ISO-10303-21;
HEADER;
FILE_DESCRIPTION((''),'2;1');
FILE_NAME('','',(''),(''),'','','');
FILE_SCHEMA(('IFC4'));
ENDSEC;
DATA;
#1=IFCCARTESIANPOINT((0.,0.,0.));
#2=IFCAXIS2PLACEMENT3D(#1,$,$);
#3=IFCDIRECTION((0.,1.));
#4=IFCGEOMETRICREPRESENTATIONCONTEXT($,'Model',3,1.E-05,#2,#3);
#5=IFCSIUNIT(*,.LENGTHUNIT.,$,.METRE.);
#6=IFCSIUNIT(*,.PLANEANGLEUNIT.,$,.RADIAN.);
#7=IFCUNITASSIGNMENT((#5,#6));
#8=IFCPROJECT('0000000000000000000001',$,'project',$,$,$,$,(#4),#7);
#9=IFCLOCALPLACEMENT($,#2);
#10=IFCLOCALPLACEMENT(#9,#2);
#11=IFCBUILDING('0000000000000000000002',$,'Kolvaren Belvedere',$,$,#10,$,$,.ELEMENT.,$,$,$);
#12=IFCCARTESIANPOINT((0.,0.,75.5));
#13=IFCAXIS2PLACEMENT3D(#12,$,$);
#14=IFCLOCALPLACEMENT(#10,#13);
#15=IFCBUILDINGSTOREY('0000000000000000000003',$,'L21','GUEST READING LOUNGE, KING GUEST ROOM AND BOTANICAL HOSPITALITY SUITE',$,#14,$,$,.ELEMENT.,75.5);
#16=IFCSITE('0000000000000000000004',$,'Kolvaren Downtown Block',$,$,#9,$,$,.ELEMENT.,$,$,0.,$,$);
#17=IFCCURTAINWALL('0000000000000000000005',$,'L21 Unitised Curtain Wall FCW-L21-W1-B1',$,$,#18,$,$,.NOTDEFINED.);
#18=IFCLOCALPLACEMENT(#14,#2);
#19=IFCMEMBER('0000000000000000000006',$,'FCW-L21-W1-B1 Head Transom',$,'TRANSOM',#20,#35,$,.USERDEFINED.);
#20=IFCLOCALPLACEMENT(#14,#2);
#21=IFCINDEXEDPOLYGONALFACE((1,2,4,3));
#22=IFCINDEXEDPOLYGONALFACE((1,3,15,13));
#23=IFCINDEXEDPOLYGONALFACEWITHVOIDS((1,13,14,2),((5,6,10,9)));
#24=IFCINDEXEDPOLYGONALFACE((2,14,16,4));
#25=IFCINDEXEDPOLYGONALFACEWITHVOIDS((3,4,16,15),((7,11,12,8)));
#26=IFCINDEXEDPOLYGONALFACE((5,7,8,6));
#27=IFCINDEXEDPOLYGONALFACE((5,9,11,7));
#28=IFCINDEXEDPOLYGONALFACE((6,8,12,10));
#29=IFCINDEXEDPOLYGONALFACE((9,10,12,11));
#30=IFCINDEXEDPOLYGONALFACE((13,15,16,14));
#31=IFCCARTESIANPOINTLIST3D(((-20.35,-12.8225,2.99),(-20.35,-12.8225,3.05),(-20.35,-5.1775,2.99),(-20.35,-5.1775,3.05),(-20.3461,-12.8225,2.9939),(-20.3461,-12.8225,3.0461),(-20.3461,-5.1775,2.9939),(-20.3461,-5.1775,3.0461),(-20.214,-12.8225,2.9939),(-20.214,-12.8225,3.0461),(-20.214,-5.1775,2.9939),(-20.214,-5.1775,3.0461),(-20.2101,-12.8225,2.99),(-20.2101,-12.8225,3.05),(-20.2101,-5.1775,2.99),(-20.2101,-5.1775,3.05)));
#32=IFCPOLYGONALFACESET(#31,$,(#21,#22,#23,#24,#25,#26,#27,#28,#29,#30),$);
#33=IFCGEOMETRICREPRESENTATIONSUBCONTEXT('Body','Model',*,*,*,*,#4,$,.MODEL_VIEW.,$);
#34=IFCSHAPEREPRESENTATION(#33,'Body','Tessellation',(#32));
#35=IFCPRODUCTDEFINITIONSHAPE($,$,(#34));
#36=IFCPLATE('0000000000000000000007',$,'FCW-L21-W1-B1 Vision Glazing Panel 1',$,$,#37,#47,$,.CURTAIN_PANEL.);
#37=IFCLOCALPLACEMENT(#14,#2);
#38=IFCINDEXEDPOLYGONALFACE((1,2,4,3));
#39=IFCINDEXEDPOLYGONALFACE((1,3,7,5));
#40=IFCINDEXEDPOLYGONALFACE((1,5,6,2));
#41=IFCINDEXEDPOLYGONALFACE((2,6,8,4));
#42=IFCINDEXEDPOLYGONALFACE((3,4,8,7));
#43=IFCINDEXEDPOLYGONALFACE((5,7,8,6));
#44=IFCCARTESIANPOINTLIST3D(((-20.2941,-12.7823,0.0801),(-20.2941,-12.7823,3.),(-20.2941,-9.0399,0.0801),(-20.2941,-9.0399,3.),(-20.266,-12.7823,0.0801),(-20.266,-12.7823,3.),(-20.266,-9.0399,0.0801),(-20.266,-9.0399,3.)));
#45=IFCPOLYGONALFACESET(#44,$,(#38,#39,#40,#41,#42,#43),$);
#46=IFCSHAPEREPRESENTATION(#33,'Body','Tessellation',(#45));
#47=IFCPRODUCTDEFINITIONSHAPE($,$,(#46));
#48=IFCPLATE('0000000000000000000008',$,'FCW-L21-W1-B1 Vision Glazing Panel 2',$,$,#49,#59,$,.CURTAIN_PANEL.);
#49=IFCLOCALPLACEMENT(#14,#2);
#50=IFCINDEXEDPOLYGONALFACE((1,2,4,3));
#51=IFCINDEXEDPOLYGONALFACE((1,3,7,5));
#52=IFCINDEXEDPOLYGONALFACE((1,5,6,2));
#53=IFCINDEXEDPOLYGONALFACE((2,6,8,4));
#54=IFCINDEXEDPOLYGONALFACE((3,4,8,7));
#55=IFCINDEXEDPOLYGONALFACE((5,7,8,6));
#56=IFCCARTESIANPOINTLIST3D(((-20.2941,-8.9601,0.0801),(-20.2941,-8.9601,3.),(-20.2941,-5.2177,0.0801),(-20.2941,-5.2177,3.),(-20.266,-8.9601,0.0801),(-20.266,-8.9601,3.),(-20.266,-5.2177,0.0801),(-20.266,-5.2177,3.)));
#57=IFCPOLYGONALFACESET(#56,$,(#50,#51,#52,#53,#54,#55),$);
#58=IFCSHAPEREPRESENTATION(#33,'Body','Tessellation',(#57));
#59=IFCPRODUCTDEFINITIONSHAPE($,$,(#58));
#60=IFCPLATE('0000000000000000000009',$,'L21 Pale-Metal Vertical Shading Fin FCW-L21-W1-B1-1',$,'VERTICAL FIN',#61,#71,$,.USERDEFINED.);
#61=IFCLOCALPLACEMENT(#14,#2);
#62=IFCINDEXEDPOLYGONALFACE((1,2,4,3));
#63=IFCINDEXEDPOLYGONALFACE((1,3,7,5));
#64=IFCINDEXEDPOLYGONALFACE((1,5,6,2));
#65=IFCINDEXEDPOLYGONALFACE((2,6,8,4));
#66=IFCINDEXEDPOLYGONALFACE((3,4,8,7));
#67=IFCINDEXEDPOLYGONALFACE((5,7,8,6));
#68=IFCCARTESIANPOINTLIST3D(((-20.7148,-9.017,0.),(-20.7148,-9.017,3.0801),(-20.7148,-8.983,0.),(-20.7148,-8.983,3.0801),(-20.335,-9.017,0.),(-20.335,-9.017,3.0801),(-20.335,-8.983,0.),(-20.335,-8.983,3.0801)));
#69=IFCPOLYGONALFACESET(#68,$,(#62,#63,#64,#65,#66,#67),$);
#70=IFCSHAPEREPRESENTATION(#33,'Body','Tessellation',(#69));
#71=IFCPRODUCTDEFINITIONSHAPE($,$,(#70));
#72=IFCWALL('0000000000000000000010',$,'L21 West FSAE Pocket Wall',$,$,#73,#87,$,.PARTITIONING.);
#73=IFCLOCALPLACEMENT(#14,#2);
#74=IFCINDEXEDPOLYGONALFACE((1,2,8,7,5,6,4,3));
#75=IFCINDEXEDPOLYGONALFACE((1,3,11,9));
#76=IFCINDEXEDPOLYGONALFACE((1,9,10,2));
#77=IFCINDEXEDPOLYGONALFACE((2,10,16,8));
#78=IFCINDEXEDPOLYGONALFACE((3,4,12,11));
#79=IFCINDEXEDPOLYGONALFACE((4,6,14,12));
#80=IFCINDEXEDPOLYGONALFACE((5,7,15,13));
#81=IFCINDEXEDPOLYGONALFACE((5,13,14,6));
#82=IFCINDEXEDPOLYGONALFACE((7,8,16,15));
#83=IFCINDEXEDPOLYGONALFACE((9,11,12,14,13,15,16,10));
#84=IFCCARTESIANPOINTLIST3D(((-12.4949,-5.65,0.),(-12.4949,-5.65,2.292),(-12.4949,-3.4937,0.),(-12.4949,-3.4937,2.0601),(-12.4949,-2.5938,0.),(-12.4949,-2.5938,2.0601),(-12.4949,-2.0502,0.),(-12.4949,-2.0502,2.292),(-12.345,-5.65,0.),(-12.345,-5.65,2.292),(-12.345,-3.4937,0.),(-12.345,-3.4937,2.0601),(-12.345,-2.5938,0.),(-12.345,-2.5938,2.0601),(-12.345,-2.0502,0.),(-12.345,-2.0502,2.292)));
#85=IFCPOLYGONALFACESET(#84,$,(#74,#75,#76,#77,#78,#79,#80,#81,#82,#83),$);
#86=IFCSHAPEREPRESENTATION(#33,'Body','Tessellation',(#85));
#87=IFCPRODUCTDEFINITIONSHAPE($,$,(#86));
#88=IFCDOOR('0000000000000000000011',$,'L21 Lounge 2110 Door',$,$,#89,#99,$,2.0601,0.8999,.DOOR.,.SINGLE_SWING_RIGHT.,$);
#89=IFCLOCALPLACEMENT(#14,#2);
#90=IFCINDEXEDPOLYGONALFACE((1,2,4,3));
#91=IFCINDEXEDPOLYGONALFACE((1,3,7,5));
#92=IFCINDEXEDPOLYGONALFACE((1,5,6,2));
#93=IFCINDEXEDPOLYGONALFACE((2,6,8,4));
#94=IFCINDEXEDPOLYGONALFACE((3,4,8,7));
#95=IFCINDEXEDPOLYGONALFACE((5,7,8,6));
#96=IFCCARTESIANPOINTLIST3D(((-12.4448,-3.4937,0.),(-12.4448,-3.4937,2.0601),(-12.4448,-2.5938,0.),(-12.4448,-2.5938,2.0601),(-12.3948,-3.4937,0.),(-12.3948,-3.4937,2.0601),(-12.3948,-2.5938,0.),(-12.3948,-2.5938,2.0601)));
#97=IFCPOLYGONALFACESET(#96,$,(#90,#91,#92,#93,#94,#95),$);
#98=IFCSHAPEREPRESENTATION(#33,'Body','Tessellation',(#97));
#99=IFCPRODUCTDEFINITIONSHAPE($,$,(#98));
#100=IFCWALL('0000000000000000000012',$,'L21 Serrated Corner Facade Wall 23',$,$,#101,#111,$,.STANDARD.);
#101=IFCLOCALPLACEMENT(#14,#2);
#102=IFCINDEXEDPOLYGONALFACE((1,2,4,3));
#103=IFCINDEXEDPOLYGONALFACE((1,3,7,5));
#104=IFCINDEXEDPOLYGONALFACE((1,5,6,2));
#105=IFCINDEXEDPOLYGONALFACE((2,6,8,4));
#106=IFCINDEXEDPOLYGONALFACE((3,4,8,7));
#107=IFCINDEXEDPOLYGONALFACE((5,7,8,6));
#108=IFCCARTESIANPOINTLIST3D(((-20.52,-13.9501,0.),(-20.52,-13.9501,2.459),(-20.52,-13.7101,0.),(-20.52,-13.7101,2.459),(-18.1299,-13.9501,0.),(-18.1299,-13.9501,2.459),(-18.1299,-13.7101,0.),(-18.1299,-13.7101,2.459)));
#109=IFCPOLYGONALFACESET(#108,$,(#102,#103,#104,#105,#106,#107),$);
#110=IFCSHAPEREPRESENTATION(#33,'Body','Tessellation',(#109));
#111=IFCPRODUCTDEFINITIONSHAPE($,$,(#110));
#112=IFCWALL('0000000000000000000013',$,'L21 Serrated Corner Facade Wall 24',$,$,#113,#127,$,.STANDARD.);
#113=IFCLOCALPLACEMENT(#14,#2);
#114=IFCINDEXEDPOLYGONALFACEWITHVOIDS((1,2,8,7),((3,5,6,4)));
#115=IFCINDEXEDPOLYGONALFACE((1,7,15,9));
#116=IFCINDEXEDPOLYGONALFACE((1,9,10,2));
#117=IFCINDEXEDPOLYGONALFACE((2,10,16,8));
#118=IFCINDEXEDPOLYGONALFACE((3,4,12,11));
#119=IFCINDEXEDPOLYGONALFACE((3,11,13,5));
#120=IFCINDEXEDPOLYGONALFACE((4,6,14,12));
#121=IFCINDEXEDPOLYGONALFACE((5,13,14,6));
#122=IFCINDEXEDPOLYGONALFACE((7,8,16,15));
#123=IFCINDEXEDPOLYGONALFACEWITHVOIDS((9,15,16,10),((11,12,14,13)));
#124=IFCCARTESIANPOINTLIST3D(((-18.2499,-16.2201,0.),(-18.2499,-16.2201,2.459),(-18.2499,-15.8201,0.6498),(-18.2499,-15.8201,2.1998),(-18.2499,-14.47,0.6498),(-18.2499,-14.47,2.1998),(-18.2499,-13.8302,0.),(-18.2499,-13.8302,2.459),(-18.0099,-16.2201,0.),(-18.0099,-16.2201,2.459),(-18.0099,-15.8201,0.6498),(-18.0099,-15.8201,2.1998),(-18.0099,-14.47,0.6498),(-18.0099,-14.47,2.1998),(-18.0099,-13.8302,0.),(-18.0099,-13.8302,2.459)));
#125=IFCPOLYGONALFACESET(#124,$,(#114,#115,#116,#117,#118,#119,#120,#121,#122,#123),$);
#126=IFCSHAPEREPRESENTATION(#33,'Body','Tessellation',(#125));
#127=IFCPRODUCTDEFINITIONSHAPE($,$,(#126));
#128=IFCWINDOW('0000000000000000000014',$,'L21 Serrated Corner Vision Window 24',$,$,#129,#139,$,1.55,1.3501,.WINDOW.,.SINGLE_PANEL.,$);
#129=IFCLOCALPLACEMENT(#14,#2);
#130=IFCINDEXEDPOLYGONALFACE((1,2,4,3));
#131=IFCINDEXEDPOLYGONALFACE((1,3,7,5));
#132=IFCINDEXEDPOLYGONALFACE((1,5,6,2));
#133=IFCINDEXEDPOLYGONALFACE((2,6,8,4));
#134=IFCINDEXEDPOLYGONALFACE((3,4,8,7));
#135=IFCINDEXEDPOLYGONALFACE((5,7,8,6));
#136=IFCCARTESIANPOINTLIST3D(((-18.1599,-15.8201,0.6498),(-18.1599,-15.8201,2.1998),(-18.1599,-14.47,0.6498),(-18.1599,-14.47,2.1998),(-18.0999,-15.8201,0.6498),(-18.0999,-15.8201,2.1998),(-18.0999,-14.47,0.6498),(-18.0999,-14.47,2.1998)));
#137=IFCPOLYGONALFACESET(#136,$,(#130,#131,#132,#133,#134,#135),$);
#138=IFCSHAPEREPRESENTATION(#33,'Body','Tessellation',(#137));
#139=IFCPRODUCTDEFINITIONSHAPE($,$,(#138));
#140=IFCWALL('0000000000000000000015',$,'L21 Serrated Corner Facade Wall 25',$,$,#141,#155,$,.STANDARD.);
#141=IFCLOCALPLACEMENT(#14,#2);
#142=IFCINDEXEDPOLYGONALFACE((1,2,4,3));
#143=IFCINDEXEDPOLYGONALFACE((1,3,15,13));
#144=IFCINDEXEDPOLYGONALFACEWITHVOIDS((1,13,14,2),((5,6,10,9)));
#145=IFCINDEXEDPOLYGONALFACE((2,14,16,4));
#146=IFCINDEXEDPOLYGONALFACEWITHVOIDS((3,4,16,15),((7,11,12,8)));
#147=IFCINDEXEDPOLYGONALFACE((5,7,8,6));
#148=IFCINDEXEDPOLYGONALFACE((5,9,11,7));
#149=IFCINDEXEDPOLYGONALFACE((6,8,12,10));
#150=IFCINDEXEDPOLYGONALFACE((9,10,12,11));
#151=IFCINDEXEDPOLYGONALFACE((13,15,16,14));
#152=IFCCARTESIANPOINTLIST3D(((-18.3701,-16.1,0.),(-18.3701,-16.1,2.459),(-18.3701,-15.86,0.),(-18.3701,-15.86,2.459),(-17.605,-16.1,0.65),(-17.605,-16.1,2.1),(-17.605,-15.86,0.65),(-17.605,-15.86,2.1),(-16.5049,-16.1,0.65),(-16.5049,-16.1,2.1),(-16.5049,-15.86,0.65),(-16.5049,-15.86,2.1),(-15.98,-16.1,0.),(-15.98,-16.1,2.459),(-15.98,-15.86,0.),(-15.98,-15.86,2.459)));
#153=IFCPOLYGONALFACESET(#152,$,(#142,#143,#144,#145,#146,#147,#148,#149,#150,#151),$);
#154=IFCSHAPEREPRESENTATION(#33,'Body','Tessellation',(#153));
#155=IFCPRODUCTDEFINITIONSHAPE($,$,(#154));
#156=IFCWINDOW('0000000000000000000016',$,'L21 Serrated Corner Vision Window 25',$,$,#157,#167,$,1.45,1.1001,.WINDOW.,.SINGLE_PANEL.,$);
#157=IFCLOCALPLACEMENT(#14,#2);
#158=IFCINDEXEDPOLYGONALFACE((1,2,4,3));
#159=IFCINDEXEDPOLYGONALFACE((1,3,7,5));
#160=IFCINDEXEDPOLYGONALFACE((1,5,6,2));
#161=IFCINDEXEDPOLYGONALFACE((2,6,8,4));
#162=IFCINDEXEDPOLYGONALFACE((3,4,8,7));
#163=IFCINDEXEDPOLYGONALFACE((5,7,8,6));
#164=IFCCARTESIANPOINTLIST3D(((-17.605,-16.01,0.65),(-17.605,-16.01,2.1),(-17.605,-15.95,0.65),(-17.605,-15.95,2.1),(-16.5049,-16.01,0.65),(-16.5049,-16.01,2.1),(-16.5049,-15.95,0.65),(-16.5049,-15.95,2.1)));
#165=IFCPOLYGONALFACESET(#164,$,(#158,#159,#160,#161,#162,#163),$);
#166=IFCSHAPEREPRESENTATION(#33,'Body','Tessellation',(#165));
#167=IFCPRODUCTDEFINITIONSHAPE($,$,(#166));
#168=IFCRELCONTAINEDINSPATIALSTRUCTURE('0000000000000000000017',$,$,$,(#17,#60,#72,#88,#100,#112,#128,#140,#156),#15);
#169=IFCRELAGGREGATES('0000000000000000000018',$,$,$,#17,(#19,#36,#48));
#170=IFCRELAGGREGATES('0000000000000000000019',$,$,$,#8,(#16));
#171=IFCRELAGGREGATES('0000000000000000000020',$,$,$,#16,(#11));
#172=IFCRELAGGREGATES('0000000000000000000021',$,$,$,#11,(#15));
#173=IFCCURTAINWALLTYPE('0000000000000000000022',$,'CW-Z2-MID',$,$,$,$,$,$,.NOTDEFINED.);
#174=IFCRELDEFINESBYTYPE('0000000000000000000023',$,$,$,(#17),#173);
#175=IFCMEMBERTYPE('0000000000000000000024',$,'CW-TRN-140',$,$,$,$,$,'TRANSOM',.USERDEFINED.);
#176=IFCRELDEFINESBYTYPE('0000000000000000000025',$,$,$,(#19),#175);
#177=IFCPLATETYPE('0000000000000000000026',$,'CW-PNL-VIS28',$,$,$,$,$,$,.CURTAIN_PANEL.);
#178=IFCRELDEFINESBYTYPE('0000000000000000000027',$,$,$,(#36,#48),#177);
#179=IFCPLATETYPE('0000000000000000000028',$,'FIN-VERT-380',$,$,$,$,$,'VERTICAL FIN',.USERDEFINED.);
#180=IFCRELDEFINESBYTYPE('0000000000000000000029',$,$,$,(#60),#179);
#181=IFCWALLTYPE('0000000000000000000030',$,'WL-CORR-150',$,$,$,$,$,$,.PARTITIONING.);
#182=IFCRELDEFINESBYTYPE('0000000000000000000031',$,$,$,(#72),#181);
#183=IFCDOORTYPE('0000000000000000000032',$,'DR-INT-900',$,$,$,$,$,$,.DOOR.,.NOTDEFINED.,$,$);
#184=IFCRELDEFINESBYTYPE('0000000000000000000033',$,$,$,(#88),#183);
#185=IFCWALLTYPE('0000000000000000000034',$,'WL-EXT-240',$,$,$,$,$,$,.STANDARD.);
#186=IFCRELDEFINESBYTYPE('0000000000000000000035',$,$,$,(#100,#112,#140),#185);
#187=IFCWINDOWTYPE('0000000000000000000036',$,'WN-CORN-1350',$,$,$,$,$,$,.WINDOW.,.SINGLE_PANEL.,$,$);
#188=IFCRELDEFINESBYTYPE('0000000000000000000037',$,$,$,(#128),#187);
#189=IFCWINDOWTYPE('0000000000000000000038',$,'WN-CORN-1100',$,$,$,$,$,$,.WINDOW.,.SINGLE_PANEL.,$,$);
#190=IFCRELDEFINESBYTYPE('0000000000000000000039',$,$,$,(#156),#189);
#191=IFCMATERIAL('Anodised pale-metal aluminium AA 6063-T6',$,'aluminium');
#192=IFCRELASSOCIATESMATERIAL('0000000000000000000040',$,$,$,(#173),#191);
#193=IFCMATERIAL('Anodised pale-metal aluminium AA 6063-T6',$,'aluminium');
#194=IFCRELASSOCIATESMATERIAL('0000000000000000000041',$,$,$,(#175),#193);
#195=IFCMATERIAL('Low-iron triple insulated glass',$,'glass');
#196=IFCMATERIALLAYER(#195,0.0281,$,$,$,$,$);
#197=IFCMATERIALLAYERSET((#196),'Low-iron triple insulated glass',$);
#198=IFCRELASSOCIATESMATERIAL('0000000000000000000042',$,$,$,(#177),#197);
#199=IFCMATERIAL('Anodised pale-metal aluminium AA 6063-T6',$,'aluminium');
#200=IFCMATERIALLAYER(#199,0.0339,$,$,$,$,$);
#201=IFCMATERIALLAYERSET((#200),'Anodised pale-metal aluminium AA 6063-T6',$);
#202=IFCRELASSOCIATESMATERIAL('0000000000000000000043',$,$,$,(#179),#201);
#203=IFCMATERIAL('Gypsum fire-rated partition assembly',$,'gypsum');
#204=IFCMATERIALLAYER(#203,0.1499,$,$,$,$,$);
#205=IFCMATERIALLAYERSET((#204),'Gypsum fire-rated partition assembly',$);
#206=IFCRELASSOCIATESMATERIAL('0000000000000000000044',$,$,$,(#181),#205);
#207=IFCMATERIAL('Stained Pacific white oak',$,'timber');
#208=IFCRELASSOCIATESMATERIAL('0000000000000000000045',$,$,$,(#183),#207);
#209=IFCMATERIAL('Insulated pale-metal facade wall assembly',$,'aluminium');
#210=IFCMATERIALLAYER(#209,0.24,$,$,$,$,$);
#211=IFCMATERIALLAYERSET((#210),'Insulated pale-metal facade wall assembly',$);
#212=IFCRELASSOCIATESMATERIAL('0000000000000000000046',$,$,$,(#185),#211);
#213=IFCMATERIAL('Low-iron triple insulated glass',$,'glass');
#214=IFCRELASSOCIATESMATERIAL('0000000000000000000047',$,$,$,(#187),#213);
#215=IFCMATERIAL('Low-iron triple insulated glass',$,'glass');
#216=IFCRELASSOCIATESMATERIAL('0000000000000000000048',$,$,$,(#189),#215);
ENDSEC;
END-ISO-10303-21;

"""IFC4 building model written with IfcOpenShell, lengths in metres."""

from ifc_helpers import new_model, si_unit, direction, frame, frame_2d, origin, origin_2d, place, context, subcontext, project, spatial, rectangle, hollow_rectangle, extrude, material, layer, layer_set, material_profile, profile_set, type_object, element, fill, aggregate, save


model = new_model("IFC4")

# Units and contexts
model_context = context("Model", 3, precision=1e-05, world=origin(), true_north=direction((0.0, 1.0)))
body_context = subcontext(model_context, "Body", "Model", "MODEL_VIEW")
ifc_project = project(units=[si_unit("LENGTHUNIT", "METRE"), si_unit("PLANEANGLEUNIT", "RADIAN")], contexts=[model_context])

# Site, building, storey
site_placement = place(None, origin())
site = spatial("IfcSite", under=ifc_project, at=site_placement, Name="Kolvaren Downtown Block", CompositionType="ELEMENT", RefElevation=0.0)
building_placement = place(site_placement, origin())
building = spatial("IfcBuilding", under=site, at=building_placement, Name="Kolvaren Belvedere", CompositionType="ELEMENT")
storey_placement = place(building_placement, frame((0.0, 0.0, 75.5)))
storey = spatial("IfcBuildingStorey", under=building, at=storey_placement, Name="L21", Description="GUEST READING LOUNGE, KING GUEST ROOM AND BOTANICAL HOSPITALITY SUITE", CompositionType="ELEMENT", Elevation=75.5)

# Shared definitions
ifc_material_1 = material(Name="Anodised pale-metal aluminium AA 6063-T6", Category="aluminium")
curtain_wall_type = type_object("IfcCurtainWallType", Name="CW-Z2-MID", PredefinedType="NOTDEFINED", material=ifc_material_1)

# Curtain wall, member, plates
curtain_wall_1_placement = place(storey_placement, origin())
curtain_wall_1 = element("IfcCurtainWall", 1, at=curtain_wall_1_placement, inside=storey, type_object=curtain_wall_type, Name="L21 Unitised Curtain Wall FCW-L21-W1-B1", PredefinedType="NOTDEFINED")
ifc_material_2 = material(Name="Anodised pale-metal aluminium AA 6063-T6", Category="aluminium")
ifc_material_profile_1 = material_profile(ifc_material_2, hollow_rectangle(XDim=0.0601, YDim=0.1399, WallThickness=0.0039, at=origin_2d()), Name="ALU-TRN-140X60")
ifc_profile_set_1 = profile_set([ifc_material_profile_1], Name="Anodised pale-metal aluminium AA 6063-T6")
member_type_1 = type_object("IfcMemberType", Name="CW-TRN-140", ElementType="TRANSOM", PredefinedType="USERDEFINED", material=ifc_profile_set_1)
member_1_placement = place(storey_placement, frame((-20.28, -12.8225, 3.02), z_axis=(0.0, 1.0, 0.0), x_axis=(0.0, 0.0, 1.0)))
member_1 = element("IfcMember", 2, at=member_1_placement, type_object=member_type_1, Name="FCW-L21-W1-B1 Head Transom", ObjectType="TRANSOM", PredefinedType="USERDEFINED", context=body_context, shape_type="SweptSolid", body=[
    extrude(hollow_rectangle(XDim=0.0601, YDim=0.1399, WallThickness=0.0039, at=origin_2d()), origin(), (0.0, 0.0, 1.0), 7.645),
])
ifc_material_3 = material(Name="Low-iron triple insulated glass", Category="glass")
ifc_layer_1 = layer(ifc_material_3, 0.0281)
ifc_layer_set_1 = layer_set([ifc_layer_1], Name="Low-iron triple insulated glass")
plate_type_1 = type_object("IfcPlateType", Name="CW-PNL-VIS28", PredefinedType="CURTAIN_PANEL", material=ifc_layer_set_1)
plate_1_placement = place(storey_placement, frame((-20.28, -10.9111, 0.0801), z_axis=(0.0, 0.0, 1.0), x_axis=(0.0, 1.0, 0.0)))
plate_1 = element("IfcPlate", 3, at=plate_1_placement, type_object=plate_type_1, Name="FCW-L21-W1-B1 Vision Glazing Panel 1", PredefinedType="CURTAIN_PANEL", context=body_context, shape_type="SweptSolid", body=[
    extrude(rectangle(XDim=3.7424, YDim=0.0281, at=origin_2d()), origin(), (0.0, 0.0, 1.0), 2.9199),
])
plate_2_placement = place(storey_placement, frame((-20.28, -7.0889, 0.0801), z_axis=(0.0, 0.0, 1.0), x_axis=(0.0, 1.0, 0.0)))
plate_2 = element("IfcPlate", 4, at=plate_2_placement, type_object=plate_type_1, Name="FCW-L21-W1-B1 Vision Glazing Panel 2", PredefinedType="CURTAIN_PANEL", context=body_context, shape_type="SweptSolid", body=[
    extrude(rectangle(XDim=3.7424, YDim=0.0281, at=origin_2d()), origin(), (0.0, 0.0, 1.0), 2.9199),
])
aggregate(curtain_wall_1, [member_1, plate_1, plate_2])

# Plate
ifc_material_4 = material(Name="Anodised pale-metal aluminium AA 6063-T6", Category="aluminium")
ifc_layer_2 = layer(ifc_material_4, 0.0339)
ifc_layer_set_2 = layer_set([ifc_layer_2], Name="Anodised pale-metal aluminium AA 6063-T6")
plate_type_2 = type_object("IfcPlateType", Name="FIN-VERT-380", ElementType="VERTICAL FIN", PredefinedType="USERDEFINED", material=ifc_layer_set_2)
plate_3_placement = place(storey_placement, frame((-20.5249, -9.0, 0.0), z_axis=(0.0, 0.0, 1.0), x_axis=(1.0, 0.0, 0.0)))
element("IfcPlate", 5, at=plate_3_placement, inside=storey, type_object=plate_type_2, Name="L21 Pale-Metal Vertical Shading Fin FCW-L21-W1-B1-1", ObjectType="VERTICAL FIN", PredefinedType="USERDEFINED", context=body_context, shape_type="SweptSolid", body=[
    extrude(rectangle(XDim=0.3799, YDim=0.0339, at=origin_2d()), origin(), (0.0, 0.0, 1.0), 3.0801),
])

# Wall, opening, door
ifc_material_5 = material(Name="Gypsum fire-rated partition assembly", Category="gypsum")
ifc_layer_3 = layer(ifc_material_5, 0.1499)
ifc_layer_set_3 = layer_set([ifc_layer_3], Name="Gypsum fire-rated partition assembly")
wall_type_1 = type_object("IfcWallType", Name="WL-CORR-150", PredefinedType="PARTITIONING", material=ifc_layer_set_3)
wall_1_placement = place(storey_placement, frame((-12.4199, -5.6499, 0.0), z_axis=(0.0, 0.0, 1.0), x_axis=(0.0, 1.0, 0.0)))
wall_1 = element("IfcWall", 6, at=wall_1_placement, inside=storey, type_object=wall_type_1, Name="L21 West FSAE Pocket Wall", PredefinedType="PARTITIONING", context=body_context, shape_type="SweptSolid", body=[
    extrude(rectangle(XDim=3.5999, YDim=0.1499, at=frame_2d((1.7998, 0.0))), origin(), (0.0, 0.0, 1.0), 2.292),
])
opening_1_placement = place(wall_1_placement, frame((2.1562, 0.0, 0.0)))
opening_1 = element("IfcOpeningElement", 7, at=opening_1_placement, cuts=wall_1, PredefinedType="OPENING", context=body_context, shape_type="SweptSolid", body=[
    extrude(rectangle(XDim=0.8999, YDim=2.0601, at=frame_2d((0.45, 1.03))), frame((0.0, 0.085, 0.0), z_axis=(0.0, -1.0, 0.0), x_axis=(1.0, 0.0, 0.0)), (0.0, 0.0, 1.0), 0.1699),
])
ifc_material_6 = material(Name="Stained Pacific white oak", Category="timber")
door_type = type_object("IfcDoorType", Name="DR-INT-900", OperationType="NOTDEFINED", PredefinedType="DOOR", material=ifc_material_6)
door_placement = place(opening_1_placement, origin())
door = element("IfcDoor", 8, at=door_placement, inside=storey, type_object=door_type, Name="L21 Lounge 2110 Door", OperationType="SINGLE_SWING_RIGHT", OverallHeight=2.0601, OverallWidth=0.8999, PredefinedType="DOOR", context=body_context, shape_type="SweptSolid", body=[
    extrude(rectangle(XDim=0.8999, YDim=2.0601, at=frame_2d((0.45, 1.03))), frame((0.0, 0.0249, 0.0), z_axis=(0.0, -1.0, 0.0), x_axis=(1.0, 0.0, 0.0)), (0.0, 0.0, 1.0), 0.05),
])
fill(opening_1, door)

# Wall
ifc_material_7 = material(Name="Insulated pale-metal facade wall assembly", Category="aluminium")
ifc_layer_4 = layer(ifc_material_7, 0.24)
ifc_layer_set_4 = layer_set([ifc_layer_4], Name="Insulated pale-metal facade wall assembly")
wall_type_2 = type_object("IfcWallType", Name="WL-EXT-240", PredefinedType="STANDARD", material=ifc_layer_set_4)
wall_2_placement = place(storey_placement, frame((-18.1299, -13.8301, 0.0), z_axis=(0.0, 0.0, 1.0), x_axis=(-1.0, 0.0, 0.0)))
element("IfcWall", 9, at=wall_2_placement, inside=storey, type_object=wall_type_2, Name="L21 Serrated Corner Facade Wall 23", PredefinedType="STANDARD", context=body_context, shape_type="SweptSolid", body=[
    extrude(rectangle(XDim=2.3901, YDim=0.24, at=frame_2d((1.1951, 0.0))), origin(), (0.0, 0.0, 1.0), 2.459),
])

# Walls, openings, windows
wall_3_placement = place(storey_placement, frame((-18.1299, -16.22, 0.0), z_axis=(0.0, 0.0, 1.0), x_axis=(0.0, 1.0, 0.0)))
wall_3 = element("IfcWall", 10, at=wall_3_placement, inside=storey, type_object=wall_type_2, Name="L21 Serrated Corner Facade Wall 24", PredefinedType="STANDARD", context=body_context, shape_type="SweptSolid", body=[
    extrude(rectangle(XDim=2.3899, YDim=0.24, at=frame_2d((1.1948, 0.0))), origin(), (0.0, 0.0, 1.0), 2.459),
])
opening_2_placement = place(wall_3_placement, frame((0.3999, 0.0, 0.6499)))
opening_2 = element("IfcOpeningElement", 11, at=opening_2_placement, cuts=wall_3, PredefinedType="OPENING", context=body_context, shape_type="SweptSolid", body=[
    extrude(rectangle(XDim=1.3501, YDim=1.55, at=frame_2d((0.675, 0.7749))), frame((0.0, 0.1299, 0.0), z_axis=(0.0, -1.0, 0.0), x_axis=(1.0, 0.0, 0.0)), (0.0, 0.0, 1.0), 0.26),
])
ifc_material_8 = material(Name="Low-iron triple insulated glass", Category="glass")
window_type_1 = type_object("IfcWindowType", Name="WN-CORN-1350", PartitioningType="SINGLE_PANEL", PredefinedType="WINDOW", material=ifc_material_8)
window_1_placement = place(opening_2_placement, origin())
window_1 = element("IfcWindow", 12, at=window_1_placement, inside=storey, type_object=window_type_1, Name="L21 Serrated Corner Vision Window 24", OverallHeight=1.55, OverallWidth=1.3501, PartitioningType="SINGLE_PANEL", PredefinedType="WINDOW", context=body_context, shape_type="SweptSolid", body=[
    extrude(rectangle(XDim=1.3501, YDim=1.55, at=frame_2d((0.675, 0.7749))), frame((0.0, 0.03, 0.0), z_axis=(0.0, -1.0, 0.0), x_axis=(1.0, 0.0, 0.0)), (0.0, 0.0, 1.0), 0.0601),
])
fill(opening_2, window_1)
wall_4_placement = place(storey_placement, frame((-15.98, -15.98, 0.0), z_axis=(0.0, 0.0, 1.0), x_axis=(-1.0, 0.0, 0.0)))
wall_4 = element("IfcWall", 13, at=wall_4_placement, inside=storey, type_object=wall_type_2, Name="L21 Serrated Corner Facade Wall 25", PredefinedType="STANDARD", context=body_context, shape_type="SweptSolid", body=[
    extrude(rectangle(XDim=2.3901, YDim=0.24, at=frame_2d((1.1951, 0.0))), origin(), (0.0, 0.0, 1.0), 2.459),
])
opening_3_placement = place(wall_4_placement, frame((0.5249, 0.0, 0.6499)))
opening_3 = element("IfcOpeningElement", 14, at=opening_3_placement, cuts=wall_4, PredefinedType="OPENING", context=body_context, shape_type="SweptSolid", body=[
    extrude(rectangle(XDim=1.1001, YDim=1.45, at=frame_2d((0.55, 0.7251))), frame((0.0, 0.1299, 0.0), z_axis=(0.0, -1.0, 0.0), x_axis=(1.0, 0.0, 0.0)), (0.0, 0.0, 1.0), 0.26),
])
ifc_material_9 = material(Name="Low-iron triple insulated glass", Category="glass")
window_type_2 = type_object("IfcWindowType", Name="WN-CORN-1100", PartitioningType="SINGLE_PANEL", PredefinedType="WINDOW", material=ifc_material_9)
window_2_placement = place(opening_3_placement, origin())
window_2 = element("IfcWindow", 15, at=window_2_placement, inside=storey, type_object=window_type_2, Name="L21 Serrated Corner Vision Window 25", OverallHeight=1.45, OverallWidth=1.1001, PartitioningType="SINGLE_PANEL", PredefinedType="WINDOW", context=body_context, shape_type="SweptSolid", body=[
    extrude(rectangle(XDim=1.1001, YDim=1.45, at=frame_2d((0.55, 0.7251))), frame((0.0, 0.03, 0.0), z_axis=(0.0, -1.0, 0.0), x_axis=(1.0, 0.0, 0.0)), (0.0, 0.0, 1.0), 0.0601),
])
fill(opening_3, window_2)

save(model, "model.ifc")
